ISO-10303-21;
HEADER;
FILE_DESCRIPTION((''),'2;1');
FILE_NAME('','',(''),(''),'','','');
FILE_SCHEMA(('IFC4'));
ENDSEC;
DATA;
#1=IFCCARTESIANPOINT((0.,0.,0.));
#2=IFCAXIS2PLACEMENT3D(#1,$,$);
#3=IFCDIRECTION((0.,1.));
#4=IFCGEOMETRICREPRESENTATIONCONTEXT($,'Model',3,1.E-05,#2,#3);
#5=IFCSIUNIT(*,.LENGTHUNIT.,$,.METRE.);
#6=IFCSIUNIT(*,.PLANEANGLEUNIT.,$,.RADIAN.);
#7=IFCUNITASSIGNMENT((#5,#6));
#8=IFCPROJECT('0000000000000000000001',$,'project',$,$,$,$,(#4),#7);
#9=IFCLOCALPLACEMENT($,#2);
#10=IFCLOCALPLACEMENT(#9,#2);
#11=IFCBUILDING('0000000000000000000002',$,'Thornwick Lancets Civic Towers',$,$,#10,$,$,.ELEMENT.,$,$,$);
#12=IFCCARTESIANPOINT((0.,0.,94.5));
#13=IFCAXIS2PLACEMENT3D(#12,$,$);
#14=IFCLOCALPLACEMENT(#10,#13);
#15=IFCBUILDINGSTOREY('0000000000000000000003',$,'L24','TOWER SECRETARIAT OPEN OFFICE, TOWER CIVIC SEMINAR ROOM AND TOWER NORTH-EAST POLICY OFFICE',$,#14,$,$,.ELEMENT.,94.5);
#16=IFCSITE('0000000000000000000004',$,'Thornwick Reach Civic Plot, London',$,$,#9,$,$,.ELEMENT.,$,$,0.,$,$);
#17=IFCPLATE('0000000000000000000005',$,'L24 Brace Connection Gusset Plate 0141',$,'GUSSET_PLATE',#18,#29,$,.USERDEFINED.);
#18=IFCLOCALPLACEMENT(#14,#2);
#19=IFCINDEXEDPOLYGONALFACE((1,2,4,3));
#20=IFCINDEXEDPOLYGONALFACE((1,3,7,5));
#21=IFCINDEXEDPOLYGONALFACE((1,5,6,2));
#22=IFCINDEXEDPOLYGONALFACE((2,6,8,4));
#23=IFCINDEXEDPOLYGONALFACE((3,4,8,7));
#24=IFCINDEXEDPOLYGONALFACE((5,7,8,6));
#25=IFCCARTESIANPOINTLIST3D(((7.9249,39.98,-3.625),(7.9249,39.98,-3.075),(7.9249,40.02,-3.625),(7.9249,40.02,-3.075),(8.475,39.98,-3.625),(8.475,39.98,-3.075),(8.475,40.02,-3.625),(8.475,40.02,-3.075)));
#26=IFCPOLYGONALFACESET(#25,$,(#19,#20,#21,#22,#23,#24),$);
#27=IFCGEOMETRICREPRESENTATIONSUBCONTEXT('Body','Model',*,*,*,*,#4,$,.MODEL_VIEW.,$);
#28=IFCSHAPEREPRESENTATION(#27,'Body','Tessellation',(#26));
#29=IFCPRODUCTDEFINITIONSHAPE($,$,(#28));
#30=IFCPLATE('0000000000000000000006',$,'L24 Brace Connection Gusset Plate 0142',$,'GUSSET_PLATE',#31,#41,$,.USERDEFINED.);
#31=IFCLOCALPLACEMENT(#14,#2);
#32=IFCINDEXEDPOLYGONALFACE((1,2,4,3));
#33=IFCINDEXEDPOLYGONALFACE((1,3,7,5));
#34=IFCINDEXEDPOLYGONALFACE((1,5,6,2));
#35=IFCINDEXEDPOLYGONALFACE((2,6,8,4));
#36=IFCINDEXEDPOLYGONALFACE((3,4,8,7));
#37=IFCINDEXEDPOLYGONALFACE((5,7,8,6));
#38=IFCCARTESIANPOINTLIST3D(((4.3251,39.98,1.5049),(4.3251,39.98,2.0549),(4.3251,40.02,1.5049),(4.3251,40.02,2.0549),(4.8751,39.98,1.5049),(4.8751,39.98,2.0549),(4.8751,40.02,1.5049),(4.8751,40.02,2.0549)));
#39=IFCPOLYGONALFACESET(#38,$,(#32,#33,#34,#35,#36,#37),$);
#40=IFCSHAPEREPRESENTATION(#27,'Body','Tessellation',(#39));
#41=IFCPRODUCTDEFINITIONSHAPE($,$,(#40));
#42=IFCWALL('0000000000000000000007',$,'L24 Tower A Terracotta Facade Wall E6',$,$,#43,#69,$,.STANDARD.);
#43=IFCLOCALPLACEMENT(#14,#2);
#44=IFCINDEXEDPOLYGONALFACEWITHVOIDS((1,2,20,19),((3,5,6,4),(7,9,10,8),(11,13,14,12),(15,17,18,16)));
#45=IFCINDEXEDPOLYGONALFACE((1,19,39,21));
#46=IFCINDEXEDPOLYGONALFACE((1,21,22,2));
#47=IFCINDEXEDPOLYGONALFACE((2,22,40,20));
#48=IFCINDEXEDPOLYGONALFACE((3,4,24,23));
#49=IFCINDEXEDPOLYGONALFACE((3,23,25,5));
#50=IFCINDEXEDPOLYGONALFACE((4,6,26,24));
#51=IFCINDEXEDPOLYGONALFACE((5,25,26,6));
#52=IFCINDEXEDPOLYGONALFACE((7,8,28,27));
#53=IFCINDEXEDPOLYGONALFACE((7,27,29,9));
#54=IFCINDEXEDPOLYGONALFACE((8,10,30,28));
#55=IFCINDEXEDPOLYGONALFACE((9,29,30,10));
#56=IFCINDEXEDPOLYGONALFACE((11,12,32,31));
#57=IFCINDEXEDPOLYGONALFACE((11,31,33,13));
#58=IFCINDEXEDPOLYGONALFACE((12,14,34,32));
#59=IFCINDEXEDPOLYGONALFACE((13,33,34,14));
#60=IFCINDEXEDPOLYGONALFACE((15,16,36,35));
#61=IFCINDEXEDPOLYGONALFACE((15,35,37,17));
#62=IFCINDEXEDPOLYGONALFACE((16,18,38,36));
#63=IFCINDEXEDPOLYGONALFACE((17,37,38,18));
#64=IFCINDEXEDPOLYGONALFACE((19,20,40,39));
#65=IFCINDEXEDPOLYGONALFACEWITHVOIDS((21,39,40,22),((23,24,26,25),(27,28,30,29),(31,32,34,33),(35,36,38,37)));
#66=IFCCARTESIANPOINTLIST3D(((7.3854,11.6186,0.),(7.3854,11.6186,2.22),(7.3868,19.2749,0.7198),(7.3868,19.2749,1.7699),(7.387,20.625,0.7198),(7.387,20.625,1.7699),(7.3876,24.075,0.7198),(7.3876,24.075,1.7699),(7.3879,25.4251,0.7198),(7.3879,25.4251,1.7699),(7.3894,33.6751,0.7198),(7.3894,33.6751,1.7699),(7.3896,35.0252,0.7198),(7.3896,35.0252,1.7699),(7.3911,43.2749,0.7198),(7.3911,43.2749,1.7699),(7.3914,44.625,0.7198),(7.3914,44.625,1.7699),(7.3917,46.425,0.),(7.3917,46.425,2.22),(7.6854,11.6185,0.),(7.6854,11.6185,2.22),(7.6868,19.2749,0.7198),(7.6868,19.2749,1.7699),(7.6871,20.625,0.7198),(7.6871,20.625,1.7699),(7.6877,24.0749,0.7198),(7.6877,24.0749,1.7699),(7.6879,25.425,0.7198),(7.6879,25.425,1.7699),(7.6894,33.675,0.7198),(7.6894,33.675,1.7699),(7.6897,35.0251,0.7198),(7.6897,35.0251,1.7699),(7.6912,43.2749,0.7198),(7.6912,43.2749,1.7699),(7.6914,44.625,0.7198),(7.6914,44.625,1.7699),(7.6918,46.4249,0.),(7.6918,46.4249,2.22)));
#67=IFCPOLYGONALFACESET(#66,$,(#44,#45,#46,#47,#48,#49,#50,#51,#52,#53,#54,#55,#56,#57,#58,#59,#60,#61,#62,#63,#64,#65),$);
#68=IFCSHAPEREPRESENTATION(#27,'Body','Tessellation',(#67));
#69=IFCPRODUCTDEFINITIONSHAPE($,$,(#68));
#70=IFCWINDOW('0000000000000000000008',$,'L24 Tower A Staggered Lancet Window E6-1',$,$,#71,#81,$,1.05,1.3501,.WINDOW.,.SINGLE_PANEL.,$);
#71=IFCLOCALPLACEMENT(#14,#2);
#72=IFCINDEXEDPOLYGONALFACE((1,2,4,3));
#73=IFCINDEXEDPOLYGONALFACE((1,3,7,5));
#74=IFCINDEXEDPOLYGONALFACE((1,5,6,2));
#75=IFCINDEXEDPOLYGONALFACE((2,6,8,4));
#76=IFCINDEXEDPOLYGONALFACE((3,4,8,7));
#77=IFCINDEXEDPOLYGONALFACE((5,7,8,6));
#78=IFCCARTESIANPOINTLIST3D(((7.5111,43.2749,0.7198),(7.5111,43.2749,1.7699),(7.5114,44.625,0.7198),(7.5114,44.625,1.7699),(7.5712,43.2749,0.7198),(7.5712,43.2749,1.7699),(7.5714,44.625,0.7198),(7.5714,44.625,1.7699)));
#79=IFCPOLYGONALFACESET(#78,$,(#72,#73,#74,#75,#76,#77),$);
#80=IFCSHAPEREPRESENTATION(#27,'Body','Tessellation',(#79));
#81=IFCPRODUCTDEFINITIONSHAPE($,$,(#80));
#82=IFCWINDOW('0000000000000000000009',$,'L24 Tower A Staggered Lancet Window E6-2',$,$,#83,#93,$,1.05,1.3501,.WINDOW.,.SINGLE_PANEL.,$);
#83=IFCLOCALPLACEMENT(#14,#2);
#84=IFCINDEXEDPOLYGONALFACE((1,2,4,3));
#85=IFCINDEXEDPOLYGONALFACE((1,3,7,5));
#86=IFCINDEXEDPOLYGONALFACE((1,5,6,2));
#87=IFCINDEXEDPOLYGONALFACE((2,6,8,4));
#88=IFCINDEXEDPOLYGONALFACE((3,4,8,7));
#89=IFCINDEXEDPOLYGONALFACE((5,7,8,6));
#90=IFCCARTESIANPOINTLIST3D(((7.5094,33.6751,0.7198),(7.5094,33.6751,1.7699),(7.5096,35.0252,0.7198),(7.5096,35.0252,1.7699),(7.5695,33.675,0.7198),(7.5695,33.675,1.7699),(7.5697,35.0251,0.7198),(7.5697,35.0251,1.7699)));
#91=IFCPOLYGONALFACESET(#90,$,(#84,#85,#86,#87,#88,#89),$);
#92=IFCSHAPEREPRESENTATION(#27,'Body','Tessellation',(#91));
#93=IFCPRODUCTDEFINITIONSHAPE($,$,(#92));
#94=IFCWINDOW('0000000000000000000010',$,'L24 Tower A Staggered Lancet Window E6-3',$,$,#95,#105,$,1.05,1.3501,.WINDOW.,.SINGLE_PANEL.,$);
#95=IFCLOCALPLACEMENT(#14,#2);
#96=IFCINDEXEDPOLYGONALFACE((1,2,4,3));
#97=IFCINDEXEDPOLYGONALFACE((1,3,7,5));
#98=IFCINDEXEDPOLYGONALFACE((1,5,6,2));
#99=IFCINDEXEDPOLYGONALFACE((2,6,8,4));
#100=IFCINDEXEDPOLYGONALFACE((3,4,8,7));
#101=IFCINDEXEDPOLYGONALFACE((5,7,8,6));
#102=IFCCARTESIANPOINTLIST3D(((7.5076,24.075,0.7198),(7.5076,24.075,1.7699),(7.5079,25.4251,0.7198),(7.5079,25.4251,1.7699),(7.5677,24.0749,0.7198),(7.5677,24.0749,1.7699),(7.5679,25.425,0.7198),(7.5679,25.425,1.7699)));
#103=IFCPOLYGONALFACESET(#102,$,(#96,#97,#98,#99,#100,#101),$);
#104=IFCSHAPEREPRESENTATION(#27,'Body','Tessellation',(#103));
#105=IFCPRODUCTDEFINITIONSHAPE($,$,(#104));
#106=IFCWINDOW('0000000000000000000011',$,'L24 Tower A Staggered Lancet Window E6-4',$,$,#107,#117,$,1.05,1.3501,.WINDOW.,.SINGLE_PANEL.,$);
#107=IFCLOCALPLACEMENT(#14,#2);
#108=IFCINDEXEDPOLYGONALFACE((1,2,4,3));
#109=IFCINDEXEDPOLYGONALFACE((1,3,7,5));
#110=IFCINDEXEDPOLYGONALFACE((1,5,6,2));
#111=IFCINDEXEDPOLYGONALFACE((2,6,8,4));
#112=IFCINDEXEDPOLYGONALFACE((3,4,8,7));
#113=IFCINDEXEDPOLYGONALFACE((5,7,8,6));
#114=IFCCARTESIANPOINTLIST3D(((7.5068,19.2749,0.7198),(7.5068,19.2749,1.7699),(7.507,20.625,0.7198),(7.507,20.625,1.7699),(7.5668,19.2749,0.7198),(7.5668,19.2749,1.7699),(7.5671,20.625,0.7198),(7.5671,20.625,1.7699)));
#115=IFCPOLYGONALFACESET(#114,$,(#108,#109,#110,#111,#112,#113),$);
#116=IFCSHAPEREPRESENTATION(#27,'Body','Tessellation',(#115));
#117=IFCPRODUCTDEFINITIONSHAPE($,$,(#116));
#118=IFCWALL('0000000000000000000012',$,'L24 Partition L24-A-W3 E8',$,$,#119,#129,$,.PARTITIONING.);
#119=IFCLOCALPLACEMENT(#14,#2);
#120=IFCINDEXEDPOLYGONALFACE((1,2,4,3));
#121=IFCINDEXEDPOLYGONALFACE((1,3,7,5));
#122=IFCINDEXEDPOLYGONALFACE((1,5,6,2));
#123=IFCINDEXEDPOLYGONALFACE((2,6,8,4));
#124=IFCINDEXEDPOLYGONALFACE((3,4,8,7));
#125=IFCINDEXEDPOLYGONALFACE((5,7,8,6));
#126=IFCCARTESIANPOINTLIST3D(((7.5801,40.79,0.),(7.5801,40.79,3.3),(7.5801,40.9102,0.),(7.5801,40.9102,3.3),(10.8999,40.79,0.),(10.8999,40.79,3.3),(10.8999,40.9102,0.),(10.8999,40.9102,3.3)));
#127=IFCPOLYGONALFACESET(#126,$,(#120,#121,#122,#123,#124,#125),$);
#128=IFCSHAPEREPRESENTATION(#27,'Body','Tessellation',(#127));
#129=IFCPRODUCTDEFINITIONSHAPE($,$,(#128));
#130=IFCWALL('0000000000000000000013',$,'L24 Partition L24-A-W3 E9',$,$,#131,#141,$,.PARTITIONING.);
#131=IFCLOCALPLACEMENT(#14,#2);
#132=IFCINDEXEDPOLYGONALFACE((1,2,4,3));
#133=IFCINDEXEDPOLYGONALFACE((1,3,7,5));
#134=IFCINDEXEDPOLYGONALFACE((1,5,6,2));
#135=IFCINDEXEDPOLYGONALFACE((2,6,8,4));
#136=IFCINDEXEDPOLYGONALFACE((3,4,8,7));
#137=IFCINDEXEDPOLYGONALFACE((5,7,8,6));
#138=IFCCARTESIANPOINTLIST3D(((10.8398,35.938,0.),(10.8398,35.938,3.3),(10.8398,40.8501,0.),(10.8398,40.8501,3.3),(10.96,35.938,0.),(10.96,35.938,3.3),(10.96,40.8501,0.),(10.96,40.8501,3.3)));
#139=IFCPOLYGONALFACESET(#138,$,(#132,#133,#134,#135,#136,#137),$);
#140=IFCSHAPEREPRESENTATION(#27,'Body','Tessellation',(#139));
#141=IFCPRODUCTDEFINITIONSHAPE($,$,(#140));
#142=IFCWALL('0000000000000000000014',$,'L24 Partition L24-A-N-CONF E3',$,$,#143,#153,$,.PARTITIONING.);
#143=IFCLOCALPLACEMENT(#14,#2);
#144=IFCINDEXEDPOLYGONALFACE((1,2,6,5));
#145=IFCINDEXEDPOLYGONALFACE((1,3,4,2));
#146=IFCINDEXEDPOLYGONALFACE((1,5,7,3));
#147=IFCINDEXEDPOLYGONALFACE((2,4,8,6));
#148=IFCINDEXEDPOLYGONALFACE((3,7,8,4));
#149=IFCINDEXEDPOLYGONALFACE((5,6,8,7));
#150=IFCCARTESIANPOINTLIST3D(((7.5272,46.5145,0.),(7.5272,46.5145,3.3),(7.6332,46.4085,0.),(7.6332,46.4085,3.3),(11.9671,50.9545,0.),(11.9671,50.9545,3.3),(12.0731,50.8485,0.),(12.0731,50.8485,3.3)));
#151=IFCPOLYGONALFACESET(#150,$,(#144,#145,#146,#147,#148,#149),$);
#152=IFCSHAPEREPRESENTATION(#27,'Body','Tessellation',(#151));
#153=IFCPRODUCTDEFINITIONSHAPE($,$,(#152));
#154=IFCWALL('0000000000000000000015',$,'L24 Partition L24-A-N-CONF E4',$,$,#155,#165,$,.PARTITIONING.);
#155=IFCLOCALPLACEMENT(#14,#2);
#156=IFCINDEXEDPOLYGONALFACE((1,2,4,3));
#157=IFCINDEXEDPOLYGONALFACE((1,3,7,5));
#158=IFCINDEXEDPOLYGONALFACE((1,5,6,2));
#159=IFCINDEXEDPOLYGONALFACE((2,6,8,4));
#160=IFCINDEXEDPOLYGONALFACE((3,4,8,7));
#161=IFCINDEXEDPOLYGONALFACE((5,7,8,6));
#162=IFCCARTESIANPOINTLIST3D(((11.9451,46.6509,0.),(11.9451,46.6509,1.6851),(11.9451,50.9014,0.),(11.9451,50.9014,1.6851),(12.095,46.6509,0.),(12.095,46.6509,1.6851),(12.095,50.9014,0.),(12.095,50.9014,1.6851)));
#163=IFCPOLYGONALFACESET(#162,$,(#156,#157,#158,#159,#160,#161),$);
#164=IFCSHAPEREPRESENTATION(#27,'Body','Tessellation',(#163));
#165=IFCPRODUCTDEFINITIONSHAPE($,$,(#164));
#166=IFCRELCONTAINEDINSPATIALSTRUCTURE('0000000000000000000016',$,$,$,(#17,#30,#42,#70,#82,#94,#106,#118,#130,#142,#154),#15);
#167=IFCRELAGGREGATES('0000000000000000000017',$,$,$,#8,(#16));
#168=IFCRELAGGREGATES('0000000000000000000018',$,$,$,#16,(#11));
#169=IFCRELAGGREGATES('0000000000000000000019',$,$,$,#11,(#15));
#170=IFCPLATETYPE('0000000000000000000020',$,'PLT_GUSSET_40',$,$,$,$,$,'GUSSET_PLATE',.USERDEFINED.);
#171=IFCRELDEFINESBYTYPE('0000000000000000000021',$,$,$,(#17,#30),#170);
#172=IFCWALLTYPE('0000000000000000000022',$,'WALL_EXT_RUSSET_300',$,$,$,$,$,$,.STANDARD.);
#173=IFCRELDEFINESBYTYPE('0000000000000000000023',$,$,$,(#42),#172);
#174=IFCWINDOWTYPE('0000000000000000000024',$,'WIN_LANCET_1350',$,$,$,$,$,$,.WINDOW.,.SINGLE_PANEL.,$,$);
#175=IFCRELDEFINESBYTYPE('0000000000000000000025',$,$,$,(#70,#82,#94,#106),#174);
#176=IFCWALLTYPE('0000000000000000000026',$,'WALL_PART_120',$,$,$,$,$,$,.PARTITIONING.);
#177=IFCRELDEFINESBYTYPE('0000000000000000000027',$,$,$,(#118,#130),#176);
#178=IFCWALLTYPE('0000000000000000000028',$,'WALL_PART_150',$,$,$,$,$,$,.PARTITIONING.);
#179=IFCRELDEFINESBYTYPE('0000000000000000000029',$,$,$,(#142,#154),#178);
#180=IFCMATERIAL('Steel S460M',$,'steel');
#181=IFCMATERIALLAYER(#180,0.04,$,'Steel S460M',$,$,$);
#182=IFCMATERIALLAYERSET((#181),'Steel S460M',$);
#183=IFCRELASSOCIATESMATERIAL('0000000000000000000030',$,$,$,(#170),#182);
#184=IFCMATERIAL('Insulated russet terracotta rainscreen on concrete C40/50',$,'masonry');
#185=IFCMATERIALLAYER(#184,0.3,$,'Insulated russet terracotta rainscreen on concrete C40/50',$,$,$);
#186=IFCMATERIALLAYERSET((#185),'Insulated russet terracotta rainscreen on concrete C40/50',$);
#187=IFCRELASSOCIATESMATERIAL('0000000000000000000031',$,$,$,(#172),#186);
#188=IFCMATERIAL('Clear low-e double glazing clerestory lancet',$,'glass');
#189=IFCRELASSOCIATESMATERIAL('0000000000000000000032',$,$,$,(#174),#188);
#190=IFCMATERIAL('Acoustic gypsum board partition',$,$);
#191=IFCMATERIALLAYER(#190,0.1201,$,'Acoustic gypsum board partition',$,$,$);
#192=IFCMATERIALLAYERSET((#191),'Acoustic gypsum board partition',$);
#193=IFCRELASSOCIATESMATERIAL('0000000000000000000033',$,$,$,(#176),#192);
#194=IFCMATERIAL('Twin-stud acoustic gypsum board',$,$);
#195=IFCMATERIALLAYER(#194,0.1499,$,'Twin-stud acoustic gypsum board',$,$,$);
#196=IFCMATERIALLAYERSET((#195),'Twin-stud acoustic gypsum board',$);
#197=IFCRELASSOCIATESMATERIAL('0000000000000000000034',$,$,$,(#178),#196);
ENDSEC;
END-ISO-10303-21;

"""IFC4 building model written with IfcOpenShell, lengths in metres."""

from ifc_helpers import new_model, si_unit, direction, frame, frame_2d, origin, origin_2d, place, context, subcontext, project, spatial, rectangle, extrude, material, layer, layer_set, type_object, element, fill, save


model = new_model("IFC4")

# Units and contexts
model_context = context("Model", 3, precision=1e-05, world=origin(), true_north=direction((0.0, 1.0)))
body_context = subcontext(model_context, "Body", "Model", "MODEL_VIEW")
ifc_project = project(units=[si_unit("LENGTHUNIT", "METRE"), si_unit("PLANEANGLEUNIT", "RADIAN")], contexts=[model_context])

# Site, building, storey
site_placement = place(None, origin())
site = spatial("IfcSite", under=ifc_project, at=site_placement, Name="Thornwick Reach Civic Plot, London", CompositionType="ELEMENT", RefElevation=0.0)
building_placement = place(site_placement, origin())
building = spatial("IfcBuilding", under=site, at=building_placement, Name="Thornwick Lancets Civic Towers", CompositionType="ELEMENT")
storey_placement = place(building_placement, frame((0.0, 0.0, 94.5)))
storey = spatial("IfcBuildingStorey", under=building, at=storey_placement, Name="L24", Description="TOWER SECRETARIAT OPEN OFFICE, TOWER CIVIC SEMINAR ROOM AND TOWER NORTH-EAST POLICY OFFICE", CompositionType="ELEMENT", Elevation=94.5)

# Shared definitions
ifc_material_1 = material(Name="Steel S460M", Category="steel")

# Plates
ifc_layer_1 = layer(ifc_material_1, 0.04, Name="Steel S460M")
ifc_layer_set_1 = layer_set([ifc_layer_1], Name="Steel S460M")
plate_type_1 = type_object("IfcPlateType", Name="PLT_GUSSET_40", ElementType="GUSSET_PLATE", PredefinedType="USERDEFINED", material=ifc_layer_set_1)
for number, where, z_axis, x_axis, name in (
    (1, (8.2, 40.0, -3.625), (0.0, 0.0, 1.0), (-1.0, 0.0, 0.0), "L24 Brace Connection Gusset Plate 0141"),
    (2, (4.6001, 40.0, 1.5049), (0.0, 0.0, 1.0), (-1.0, 0.0, 0.0), "L24 Brace Connection Gusset Plate 0142"),
):
    element("IfcPlate", number, at=place(storey_placement, frame(where, z_axis=z_axis, x_axis=x_axis)), inside=storey, type_object=plate_type_1, Name=name, ObjectType="GUSSET_PLATE", PredefinedType="USERDEFINED", context=body_context, shape_type="SweptSolid", body=[
        extrude(rectangle(XDim=0.55, YDim=0.04, at=origin_2d()), origin(), (0.0, 0.0, 1.0), 0.55),
    ])

# Wall, openings, windows
ifc_material_2 = material(Name="Insulated russet terracotta rainscreen on concrete C40/50", Category="masonry")
ifc_layer_2 = layer(ifc_material_2, 0.3, Name="Insulated russet terracotta rainscreen on concrete C40/50")
ifc_layer_set_2 = layer_set([ifc_layer_2], Name="Insulated russet terracotta rainscreen on concrete C40/50")
wall_type_1 = type_object("IfcWallType", Name="WALL_EXT_RUSSET_300", PredefinedType="STANDARD", material=ifc_layer_set_2)
wall_1_placement = place(storey_placement, frame((7.5417, 46.425, 0.0), z_axis=(0.0, 0.0, 1.0), x_axis=(-0.000182, -1.0, 0.0)))
wall_1 = element("IfcWall", 3, at=wall_1_placement, inside=storey, type_object=wall_type_1, Name="L24 Tower A Terracotta Facade Wall E6", PredefinedType="STANDARD", context=body_context, shape_type="SweptSolid", body=[
    extrude(rectangle(XDim=34.8064, YDim=0.3, at=frame_2d((17.4033, 0.0))), origin(), (0.0, 0.0, 1.0), 2.22),
])
opening_1_placement = place(wall_1_placement, frame((1.8, 0.0, 0.72)))
opening_1 = element("IfcOpeningElement", 4, at=opening_1_placement, cuts=wall_1, PredefinedType="OPENING", context=body_context, shape_type="SweptSolid", body=[
    extrude(rectangle(XDim=1.3501, YDim=1.05, at=frame_2d((0.675, 0.5249))), frame((0.0, 0.1602, 0.0), z_axis=(0.0, -1.0, 0.0), x_axis=(1.0, 0.0, 0.0)), (0.0, 0.0, 1.0), 0.3201),
])
opening_2_placement = place(wall_1_placement, frame((11.3999, 0.0, 0.72)))
opening_2 = element("IfcOpeningElement", 5, at=opening_2_placement, cuts=wall_1, PredefinedType="OPENING", context=body_context, shape_type="SweptSolid", body=[
    extrude(rectangle(XDim=1.3501, YDim=1.05, at=frame_2d((0.675, 0.5249))), frame((0.0, 0.1602, 0.0), z_axis=(0.0, -1.0, 0.0), x_axis=(1.0, 0.0, 0.0)), (0.0, 0.0, 1.0), 0.3201),
])
opening_3_placement = place(wall_1_placement, frame((21.0, 0.0, 0.72)))
opening_3 = element("IfcOpeningElement", 6, at=opening_3_placement, cuts=wall_1, PredefinedType="OPENING", context=body_context, shape_type="SweptSolid", body=[
    extrude(rectangle(XDim=1.3501, YDim=1.05, at=frame_2d((0.675, 0.5249))), frame((0.0, 0.1602, 0.0), z_axis=(0.0, -1.0, 0.0), x_axis=(1.0, 0.0, 0.0)), (0.0, 0.0, 1.0), 0.3201),
])
opening_4_placement = place(wall_1_placement, frame((25.8, 0.0, 0.72)))
opening_4 = element("IfcOpeningElement", 7, at=opening_4_placement, cuts=wall_1, PredefinedType="OPENING", context=body_context, shape_type="SweptSolid", body=[
    extrude(rectangle(XDim=1.3501, YDim=1.05, at=frame_2d((0.675, 0.5249))), frame((0.0, 0.1602, 0.0), z_axis=(0.0, -1.0, 0.0), x_axis=(1.0, 0.0, 0.0)), (0.0, 0.0, 1.0), 0.3201),
])
ifc_material_3 = material(Name="Clear low-e double glazing clerestory lancet", Category="glass")
window_type = type_object("IfcWindowType", Name="WIN_LANCET_1350", PartitioningType="SINGLE_PANEL", PredefinedType="WINDOW", material=ifc_material_3)
window_1_placement = place(opening_1_placement, origin())
window_1 = element("IfcWindow", 8, at=window_1_placement, inside=storey, type_object=window_type, Name="L24 Tower A Staggered Lancet Window E6-1", OverallHeight=1.05, OverallWidth=1.3501, PartitioningType="SINGLE_PANEL", PredefinedType="WINDOW", context=body_context, shape_type="SweptSolid", body=[
    extrude(rectangle(XDim=1.3501, YDim=1.05, at=frame_2d((0.675, 0.5249))), frame((0.0, 0.03, 0.0), z_axis=(0.0, -1.0, 0.0), x_axis=(1.0, 0.0, 0.0)), (0.0, 0.0, 1.0), 0.0601),
])
fill(opening_1, window_1)
window_2_placement = place(opening_2_placement, origin())
window_2 = element("IfcWindow", 9, at=window_2_placement, inside=storey, type_object=window_type, Name="L24 Tower A Staggered Lancet Window E6-2", OverallHeight=1.05, OverallWidth=1.3501, PartitioningType="SINGLE_PANEL", PredefinedType="WINDOW", context=body_context, shape_type="SweptSolid", body=[
    extrude(rectangle(XDim=1.3501, YDim=1.05, at=frame_2d((0.675, 0.5249))), frame((0.0, 0.03, 0.0), z_axis=(0.0, -1.0, 0.0), x_axis=(1.0, 0.0, 0.0)), (0.0, 0.0, 1.0), 0.0601),
])
fill(opening_2, window_2)
window_3_placement = place(opening_3_placement, origin())
window_3 = element("IfcWindow", 10, at=window_3_placement, inside=storey, type_object=window_type, Name="L24 Tower A Staggered Lancet Window E6-3", OverallHeight=1.05, OverallWidth=1.3501, PartitioningType="SINGLE_PANEL", PredefinedType="WINDOW", context=body_context, shape_type="SweptSolid", body=[
    extrude(rectangle(XDim=1.3501, YDim=1.05, at=frame_2d((0.675, 0.5249))), frame((0.0, 0.03, 0.0), z_axis=(0.0, -1.0, 0.0), x_axis=(1.0, 0.0, 0.0)), (0.0, 0.0, 1.0), 0.0601),
])
fill(opening_3, window_3)
window_4_placement = place(opening_4_placement, origin())
window_4 = element("IfcWindow", 11, at=window_4_placement, inside=storey, type_object=window_type, Name="L24 Tower A Staggered Lancet Window E6-4", OverallHeight=1.05, OverallWidth=1.3501, PartitioningType="SINGLE_PANEL", PredefinedType="WINDOW", context=body_context, shape_type="SweptSolid", body=[
    extrude(rectangle(XDim=1.3501, YDim=1.05, at=frame_2d((0.675, 0.5249))), frame((0.0, 0.03, 0.0), z_axis=(0.0, -1.0, 0.0), x_axis=(1.0, 0.0, 0.0)), (0.0, 0.0, 1.0), 0.0601),
])
fill(opening_4, window_4)

# Walls
ifc_material_4 = material(Name="Acoustic gypsum board partition")
ifc_layer_3 = layer(ifc_material_4, 0.1201, Name="Acoustic gypsum board partition")
ifc_layer_set_3 = layer_set([ifc_layer_3], Name="Acoustic gypsum board partition")
wall_type_2 = type_object("IfcWallType", Name="WALL_PART_120", PredefinedType="PARTITIONING", material=ifc_layer_set_3)
wall_2_placement = place(storey_placement, frame((7.5801, 40.8501, 0.0), z_axis=(0.0, 0.0, 1.0), x_axis=(1.0, 0.0, 0.0)))
element("IfcWall", 12, at=wall_2_placement, inside=storey, type_object=wall_type_2, Name="L24 Partition L24-A-W3 E8", PredefinedType="PARTITIONING", context=body_context, shape_type="SweptSolid", body=[
    extrude(rectangle(XDim=3.3198, YDim=0.1201, at=frame_2d((1.6599, 0.0))), origin(), (0.0, 0.0, 1.0), 3.3),
])
wall_3_placement = place(storey_placement, frame((10.8999, 40.8501, 0.0), z_axis=(0.0, 0.0, 1.0), x_axis=(0.0, -1.0, 0.0)))
element("IfcWall", 13, at=wall_3_placement, inside=storey, type_object=wall_type_2, Name="L24 Partition L24-A-W3 E9", PredefinedType="PARTITIONING", context=body_context, shape_type="SweptSolid", body=[
    extrude(rectangle(XDim=4.9121, YDim=0.1201, at=frame_2d((2.4561, 0.0))), origin(), (0.0, 0.0, 1.0), 3.3),
])
ifc_material_5 = material(Name="Twin-stud acoustic gypsum board")
ifc_layer_4 = layer(ifc_material_5, 0.1499, Name="Twin-stud acoustic gypsum board")
ifc_layer_set_4 = layer_set([ifc_layer_4], Name="Twin-stud acoustic gypsum board")
wall_type_3 = type_object("IfcWallType", Name="WALL_PART_150", PredefinedType="PARTITIONING", material=ifc_layer_set_4)
wall_4_placement = place(storey_placement, frame((7.5801, 46.4614, 0.0), z_axis=(0.0, 0.0, 1.0), x_axis=(0.707107, 0.707107, 0.0)))
element("IfcWall", 14, at=wall_4_placement, inside=storey, type_object=wall_type_3, Name="L24 Partition L24-A-N-CONF E3", PredefinedType="PARTITIONING", context=body_context, shape_type="SweptSolid", body=[
    extrude(rectangle(XDim=6.2791, YDim=0.1499, at=frame_2d((3.1396, 0.0))), origin(), (0.0, 0.0, 1.0), 3.3),
])
wall_5_placement = place(storey_placement, frame((12.02, 50.9014, 0.0), z_axis=(0.0, 0.0, 1.0), x_axis=(0.0, -1.0, 0.0)))
element("IfcWall", 15, at=wall_5_placement, inside=storey, type_object=wall_type_3, Name="L24 Partition L24-A-N-CONF E4", PredefinedType="PARTITIONING", context=body_context, shape_type="SweptSolid", body=[
    extrude(rectangle(XDim=4.2505, YDim=0.1499, at=frame_2d((2.1252, 0.0))), origin(), (0.0, 0.0, 1.0), 1.6851),
])

save(model, "model.ifc")
